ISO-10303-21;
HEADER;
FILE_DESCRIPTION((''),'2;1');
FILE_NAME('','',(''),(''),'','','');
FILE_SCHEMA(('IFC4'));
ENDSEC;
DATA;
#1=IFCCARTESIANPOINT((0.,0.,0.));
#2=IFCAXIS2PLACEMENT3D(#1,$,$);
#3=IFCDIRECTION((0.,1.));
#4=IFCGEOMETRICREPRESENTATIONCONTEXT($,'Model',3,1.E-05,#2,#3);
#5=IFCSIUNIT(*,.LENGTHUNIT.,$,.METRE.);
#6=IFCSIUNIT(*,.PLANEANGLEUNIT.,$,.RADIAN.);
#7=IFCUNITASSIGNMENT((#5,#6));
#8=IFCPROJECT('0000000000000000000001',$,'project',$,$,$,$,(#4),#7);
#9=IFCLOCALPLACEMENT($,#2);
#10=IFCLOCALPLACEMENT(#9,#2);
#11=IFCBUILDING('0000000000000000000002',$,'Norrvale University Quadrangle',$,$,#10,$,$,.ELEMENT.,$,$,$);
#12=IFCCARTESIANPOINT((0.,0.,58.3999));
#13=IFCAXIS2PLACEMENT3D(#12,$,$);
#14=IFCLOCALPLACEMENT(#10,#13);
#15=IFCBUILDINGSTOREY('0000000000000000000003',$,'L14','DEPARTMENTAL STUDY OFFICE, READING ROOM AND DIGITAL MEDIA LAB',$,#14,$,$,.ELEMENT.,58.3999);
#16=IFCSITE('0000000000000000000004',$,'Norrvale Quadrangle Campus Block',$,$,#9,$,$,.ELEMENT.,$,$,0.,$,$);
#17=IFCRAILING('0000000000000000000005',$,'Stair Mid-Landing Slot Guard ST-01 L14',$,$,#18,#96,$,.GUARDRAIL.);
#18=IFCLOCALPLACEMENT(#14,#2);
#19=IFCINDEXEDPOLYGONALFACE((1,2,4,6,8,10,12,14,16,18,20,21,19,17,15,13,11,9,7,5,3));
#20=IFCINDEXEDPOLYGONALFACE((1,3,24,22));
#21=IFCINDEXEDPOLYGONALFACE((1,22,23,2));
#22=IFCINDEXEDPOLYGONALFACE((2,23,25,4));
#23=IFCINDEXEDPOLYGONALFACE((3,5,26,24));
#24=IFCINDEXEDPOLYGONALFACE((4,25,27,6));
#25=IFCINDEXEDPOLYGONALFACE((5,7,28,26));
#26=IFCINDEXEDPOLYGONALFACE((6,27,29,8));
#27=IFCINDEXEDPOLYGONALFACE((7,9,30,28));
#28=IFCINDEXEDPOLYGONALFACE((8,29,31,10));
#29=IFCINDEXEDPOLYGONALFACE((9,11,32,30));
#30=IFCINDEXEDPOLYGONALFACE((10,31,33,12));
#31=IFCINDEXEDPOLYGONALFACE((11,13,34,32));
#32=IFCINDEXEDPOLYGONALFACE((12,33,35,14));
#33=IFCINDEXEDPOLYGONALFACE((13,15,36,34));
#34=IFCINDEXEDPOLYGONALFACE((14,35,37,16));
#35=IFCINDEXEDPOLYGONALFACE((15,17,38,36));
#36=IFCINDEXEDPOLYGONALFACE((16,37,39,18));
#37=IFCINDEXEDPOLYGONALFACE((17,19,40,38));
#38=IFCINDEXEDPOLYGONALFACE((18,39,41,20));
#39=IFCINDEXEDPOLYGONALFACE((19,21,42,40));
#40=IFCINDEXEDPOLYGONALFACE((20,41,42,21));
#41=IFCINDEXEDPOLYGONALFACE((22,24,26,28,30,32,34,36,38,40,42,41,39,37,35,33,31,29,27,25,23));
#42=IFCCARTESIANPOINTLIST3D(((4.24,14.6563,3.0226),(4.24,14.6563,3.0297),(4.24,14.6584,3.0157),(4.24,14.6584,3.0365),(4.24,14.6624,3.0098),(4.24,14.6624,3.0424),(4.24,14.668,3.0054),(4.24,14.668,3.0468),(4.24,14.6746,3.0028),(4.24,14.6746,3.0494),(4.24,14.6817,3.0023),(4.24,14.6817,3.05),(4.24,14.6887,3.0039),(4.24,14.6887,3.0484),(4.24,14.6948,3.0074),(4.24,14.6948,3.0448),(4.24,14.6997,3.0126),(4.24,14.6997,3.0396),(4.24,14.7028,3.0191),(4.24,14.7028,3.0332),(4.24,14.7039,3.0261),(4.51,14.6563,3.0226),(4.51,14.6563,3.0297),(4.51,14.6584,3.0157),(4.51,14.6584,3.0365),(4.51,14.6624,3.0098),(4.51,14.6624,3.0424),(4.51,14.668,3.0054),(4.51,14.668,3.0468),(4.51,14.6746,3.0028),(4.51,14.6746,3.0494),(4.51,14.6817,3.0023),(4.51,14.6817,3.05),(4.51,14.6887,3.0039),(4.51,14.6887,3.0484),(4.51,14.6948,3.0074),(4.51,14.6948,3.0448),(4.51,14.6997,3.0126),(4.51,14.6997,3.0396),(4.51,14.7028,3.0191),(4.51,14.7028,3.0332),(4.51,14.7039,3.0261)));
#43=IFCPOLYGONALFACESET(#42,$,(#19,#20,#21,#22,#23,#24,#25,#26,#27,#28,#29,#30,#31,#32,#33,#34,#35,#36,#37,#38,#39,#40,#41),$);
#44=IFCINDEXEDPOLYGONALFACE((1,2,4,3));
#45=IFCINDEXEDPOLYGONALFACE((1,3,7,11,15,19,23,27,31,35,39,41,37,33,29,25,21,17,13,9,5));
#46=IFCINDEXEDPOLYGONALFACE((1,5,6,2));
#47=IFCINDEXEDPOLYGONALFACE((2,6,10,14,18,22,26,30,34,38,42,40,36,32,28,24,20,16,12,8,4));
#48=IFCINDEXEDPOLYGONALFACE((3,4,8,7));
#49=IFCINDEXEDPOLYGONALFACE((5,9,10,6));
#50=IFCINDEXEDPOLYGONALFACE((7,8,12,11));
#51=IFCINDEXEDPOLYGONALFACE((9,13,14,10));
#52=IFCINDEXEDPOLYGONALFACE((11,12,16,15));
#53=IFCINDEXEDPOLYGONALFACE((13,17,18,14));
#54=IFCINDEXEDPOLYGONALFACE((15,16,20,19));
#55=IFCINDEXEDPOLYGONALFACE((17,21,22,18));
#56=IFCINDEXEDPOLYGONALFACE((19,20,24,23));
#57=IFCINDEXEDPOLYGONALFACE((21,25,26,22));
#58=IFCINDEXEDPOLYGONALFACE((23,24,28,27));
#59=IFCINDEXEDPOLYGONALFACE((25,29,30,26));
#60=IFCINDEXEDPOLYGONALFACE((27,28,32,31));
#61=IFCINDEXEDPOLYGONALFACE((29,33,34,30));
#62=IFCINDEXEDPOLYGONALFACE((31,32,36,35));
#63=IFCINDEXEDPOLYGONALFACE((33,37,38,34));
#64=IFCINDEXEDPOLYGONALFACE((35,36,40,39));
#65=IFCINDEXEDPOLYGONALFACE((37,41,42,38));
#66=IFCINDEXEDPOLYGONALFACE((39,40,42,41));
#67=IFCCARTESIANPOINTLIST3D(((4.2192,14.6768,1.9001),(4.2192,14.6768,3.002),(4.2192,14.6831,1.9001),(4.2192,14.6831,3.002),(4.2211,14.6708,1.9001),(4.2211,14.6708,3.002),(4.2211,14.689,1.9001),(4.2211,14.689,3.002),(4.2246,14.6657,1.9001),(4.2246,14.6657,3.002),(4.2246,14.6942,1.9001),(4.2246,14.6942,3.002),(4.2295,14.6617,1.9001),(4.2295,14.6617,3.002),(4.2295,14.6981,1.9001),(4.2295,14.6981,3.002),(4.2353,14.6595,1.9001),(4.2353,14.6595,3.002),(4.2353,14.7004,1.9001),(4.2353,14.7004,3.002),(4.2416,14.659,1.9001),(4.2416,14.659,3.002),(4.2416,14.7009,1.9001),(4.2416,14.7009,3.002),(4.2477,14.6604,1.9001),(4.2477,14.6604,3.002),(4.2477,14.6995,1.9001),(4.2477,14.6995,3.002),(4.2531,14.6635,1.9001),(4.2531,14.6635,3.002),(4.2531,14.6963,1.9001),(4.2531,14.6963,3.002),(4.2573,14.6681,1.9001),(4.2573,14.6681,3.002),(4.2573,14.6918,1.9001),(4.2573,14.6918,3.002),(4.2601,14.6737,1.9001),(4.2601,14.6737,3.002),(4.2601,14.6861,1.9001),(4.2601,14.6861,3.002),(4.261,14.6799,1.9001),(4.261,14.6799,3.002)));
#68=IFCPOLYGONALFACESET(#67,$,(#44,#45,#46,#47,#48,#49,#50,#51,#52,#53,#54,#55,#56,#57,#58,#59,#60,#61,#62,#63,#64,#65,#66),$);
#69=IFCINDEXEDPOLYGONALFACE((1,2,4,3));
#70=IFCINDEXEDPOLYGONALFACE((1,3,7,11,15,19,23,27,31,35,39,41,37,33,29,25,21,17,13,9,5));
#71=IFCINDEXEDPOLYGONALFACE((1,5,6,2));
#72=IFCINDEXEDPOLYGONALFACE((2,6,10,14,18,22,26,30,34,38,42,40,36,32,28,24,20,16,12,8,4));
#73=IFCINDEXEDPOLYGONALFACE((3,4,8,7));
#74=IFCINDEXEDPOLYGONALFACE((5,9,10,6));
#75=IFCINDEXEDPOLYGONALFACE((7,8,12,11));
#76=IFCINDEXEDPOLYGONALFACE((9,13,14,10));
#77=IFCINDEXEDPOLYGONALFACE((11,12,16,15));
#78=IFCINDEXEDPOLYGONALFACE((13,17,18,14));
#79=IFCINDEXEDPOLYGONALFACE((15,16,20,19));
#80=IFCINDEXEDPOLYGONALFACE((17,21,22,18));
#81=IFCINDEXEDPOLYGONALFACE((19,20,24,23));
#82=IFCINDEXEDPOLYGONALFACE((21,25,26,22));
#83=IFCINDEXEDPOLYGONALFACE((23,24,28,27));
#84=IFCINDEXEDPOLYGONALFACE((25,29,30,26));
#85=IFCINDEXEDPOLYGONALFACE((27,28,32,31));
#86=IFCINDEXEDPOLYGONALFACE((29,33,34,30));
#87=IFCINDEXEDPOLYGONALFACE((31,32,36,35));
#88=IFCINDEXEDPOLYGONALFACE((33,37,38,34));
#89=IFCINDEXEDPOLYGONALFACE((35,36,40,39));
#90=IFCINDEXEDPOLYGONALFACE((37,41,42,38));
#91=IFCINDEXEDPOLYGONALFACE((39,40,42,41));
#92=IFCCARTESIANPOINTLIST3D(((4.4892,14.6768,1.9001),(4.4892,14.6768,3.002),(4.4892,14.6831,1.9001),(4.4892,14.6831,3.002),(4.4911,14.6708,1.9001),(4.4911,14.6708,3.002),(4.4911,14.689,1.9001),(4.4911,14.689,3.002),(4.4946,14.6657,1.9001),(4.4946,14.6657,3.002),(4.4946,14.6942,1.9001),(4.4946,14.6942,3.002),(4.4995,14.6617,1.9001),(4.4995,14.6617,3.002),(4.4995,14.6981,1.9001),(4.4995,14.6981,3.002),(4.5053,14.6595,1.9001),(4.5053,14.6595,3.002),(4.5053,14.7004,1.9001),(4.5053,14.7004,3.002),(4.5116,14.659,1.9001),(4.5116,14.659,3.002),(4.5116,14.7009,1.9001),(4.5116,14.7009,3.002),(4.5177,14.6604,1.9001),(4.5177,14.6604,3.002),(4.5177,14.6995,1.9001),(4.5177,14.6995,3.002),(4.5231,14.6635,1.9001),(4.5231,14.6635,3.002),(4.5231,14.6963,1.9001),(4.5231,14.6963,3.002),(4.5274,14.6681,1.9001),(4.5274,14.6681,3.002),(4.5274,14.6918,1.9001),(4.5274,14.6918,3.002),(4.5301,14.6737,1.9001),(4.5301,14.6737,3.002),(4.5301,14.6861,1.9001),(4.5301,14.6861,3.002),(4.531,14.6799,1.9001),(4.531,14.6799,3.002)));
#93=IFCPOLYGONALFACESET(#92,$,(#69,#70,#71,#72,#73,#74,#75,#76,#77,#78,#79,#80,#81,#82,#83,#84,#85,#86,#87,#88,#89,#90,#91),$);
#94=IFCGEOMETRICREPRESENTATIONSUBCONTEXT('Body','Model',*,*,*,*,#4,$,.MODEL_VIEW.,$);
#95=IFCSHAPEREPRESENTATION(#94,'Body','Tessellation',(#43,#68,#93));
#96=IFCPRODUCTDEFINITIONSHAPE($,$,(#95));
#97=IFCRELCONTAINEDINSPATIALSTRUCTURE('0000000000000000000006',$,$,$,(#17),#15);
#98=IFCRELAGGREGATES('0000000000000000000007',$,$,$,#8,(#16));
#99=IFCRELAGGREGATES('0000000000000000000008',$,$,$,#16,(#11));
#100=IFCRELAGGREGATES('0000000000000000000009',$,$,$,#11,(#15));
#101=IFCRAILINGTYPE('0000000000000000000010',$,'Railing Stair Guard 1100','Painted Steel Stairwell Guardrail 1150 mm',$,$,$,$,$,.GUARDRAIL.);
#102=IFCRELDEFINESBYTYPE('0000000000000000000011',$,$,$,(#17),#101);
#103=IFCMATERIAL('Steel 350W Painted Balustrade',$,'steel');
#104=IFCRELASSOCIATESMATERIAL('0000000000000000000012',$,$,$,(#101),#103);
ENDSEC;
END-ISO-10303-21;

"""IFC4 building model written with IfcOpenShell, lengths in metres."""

from ifc_helpers import new_model, si_unit, direction, frame, origin, origin_2d, place, context, subcontext, project, spatial, circle, extrude, material, type_object, element, save


model = new_model("IFC4")

# Units and contexts
model_context = context("Model", 3, precision=1e-05, world=origin(), true_north=direction((0.0, 1.0)))
body_context = subcontext(model_context, "Body", "Model", "MODEL_VIEW")
ifc_project = project(units=[si_unit("LENGTHUNIT", "METRE"), si_unit("PLANEANGLEUNIT", "RADIAN")], contexts=[model_context])

# Site, building, storey
site_placement = place(None, origin())
site = spatial("IfcSite", under=ifc_project, at=site_placement, Name="Norrvale Quadrangle Campus Block", CompositionType="ELEMENT", RefElevation=0.0)
building_placement = place(site_placement, origin())
building = spatial("IfcBuilding", under=site, at=building_placement, Name="Norrvale University Quadrangle", CompositionType="ELEMENT")
storey_placement = place(building_placement, frame((0.0, 0.0, 58.3999)))
storey = spatial("IfcBuildingStorey", under=building, at=storey_placement, Name="L14", Description="DEPARTMENTAL STUDY OFFICE, READING ROOM AND DIGITAL MEDIA LAB", CompositionType="ELEMENT", Elevation=58.3999)

# Railing
ifc_material_1 = material(Name="Steel 350W Painted Balustrade", Category="steel")
railing_type_1 = type_object("IfcRailingType", Name="Railing Stair Guard 1100", Description="Painted Steel Stairwell Guardrail 1150 mm", PredefinedType="GUARDRAIL", material=ifc_material_1)
railing_1_placement = place(storey_placement, frame((4.24, 14.6799, 1.9001)))
element("IfcRailing", 1, at=railing_1_placement, inside=storey, type_object=railing_type_1, Name="Stair Mid-Landing Slot Guard ST-01 L14", PredefinedType="GUARDRAIL", context=body_context, shape_type="SweptSolid", body=[
    extrude(circle(Radius=0.0239, at=origin_2d()), frame((0.0, 0.0, 1.126), z_axis=(1.0, 0.0, 0.0), x_axis=(0.0, 1.0, 0.0)), (0.0, 0.0, 1.0), 0.27),
    extrude(circle(Radius=0.021, at=origin_2d()), origin(), (0.0, 0.0, 1.0), 1.1018),
    extrude(circle(Radius=0.021, at=origin_2d()), frame((0.27, 0.0, 0.0)), (0.0, 0.0, 1.0), 1.1018),
])

save(model, "model.ifc")
